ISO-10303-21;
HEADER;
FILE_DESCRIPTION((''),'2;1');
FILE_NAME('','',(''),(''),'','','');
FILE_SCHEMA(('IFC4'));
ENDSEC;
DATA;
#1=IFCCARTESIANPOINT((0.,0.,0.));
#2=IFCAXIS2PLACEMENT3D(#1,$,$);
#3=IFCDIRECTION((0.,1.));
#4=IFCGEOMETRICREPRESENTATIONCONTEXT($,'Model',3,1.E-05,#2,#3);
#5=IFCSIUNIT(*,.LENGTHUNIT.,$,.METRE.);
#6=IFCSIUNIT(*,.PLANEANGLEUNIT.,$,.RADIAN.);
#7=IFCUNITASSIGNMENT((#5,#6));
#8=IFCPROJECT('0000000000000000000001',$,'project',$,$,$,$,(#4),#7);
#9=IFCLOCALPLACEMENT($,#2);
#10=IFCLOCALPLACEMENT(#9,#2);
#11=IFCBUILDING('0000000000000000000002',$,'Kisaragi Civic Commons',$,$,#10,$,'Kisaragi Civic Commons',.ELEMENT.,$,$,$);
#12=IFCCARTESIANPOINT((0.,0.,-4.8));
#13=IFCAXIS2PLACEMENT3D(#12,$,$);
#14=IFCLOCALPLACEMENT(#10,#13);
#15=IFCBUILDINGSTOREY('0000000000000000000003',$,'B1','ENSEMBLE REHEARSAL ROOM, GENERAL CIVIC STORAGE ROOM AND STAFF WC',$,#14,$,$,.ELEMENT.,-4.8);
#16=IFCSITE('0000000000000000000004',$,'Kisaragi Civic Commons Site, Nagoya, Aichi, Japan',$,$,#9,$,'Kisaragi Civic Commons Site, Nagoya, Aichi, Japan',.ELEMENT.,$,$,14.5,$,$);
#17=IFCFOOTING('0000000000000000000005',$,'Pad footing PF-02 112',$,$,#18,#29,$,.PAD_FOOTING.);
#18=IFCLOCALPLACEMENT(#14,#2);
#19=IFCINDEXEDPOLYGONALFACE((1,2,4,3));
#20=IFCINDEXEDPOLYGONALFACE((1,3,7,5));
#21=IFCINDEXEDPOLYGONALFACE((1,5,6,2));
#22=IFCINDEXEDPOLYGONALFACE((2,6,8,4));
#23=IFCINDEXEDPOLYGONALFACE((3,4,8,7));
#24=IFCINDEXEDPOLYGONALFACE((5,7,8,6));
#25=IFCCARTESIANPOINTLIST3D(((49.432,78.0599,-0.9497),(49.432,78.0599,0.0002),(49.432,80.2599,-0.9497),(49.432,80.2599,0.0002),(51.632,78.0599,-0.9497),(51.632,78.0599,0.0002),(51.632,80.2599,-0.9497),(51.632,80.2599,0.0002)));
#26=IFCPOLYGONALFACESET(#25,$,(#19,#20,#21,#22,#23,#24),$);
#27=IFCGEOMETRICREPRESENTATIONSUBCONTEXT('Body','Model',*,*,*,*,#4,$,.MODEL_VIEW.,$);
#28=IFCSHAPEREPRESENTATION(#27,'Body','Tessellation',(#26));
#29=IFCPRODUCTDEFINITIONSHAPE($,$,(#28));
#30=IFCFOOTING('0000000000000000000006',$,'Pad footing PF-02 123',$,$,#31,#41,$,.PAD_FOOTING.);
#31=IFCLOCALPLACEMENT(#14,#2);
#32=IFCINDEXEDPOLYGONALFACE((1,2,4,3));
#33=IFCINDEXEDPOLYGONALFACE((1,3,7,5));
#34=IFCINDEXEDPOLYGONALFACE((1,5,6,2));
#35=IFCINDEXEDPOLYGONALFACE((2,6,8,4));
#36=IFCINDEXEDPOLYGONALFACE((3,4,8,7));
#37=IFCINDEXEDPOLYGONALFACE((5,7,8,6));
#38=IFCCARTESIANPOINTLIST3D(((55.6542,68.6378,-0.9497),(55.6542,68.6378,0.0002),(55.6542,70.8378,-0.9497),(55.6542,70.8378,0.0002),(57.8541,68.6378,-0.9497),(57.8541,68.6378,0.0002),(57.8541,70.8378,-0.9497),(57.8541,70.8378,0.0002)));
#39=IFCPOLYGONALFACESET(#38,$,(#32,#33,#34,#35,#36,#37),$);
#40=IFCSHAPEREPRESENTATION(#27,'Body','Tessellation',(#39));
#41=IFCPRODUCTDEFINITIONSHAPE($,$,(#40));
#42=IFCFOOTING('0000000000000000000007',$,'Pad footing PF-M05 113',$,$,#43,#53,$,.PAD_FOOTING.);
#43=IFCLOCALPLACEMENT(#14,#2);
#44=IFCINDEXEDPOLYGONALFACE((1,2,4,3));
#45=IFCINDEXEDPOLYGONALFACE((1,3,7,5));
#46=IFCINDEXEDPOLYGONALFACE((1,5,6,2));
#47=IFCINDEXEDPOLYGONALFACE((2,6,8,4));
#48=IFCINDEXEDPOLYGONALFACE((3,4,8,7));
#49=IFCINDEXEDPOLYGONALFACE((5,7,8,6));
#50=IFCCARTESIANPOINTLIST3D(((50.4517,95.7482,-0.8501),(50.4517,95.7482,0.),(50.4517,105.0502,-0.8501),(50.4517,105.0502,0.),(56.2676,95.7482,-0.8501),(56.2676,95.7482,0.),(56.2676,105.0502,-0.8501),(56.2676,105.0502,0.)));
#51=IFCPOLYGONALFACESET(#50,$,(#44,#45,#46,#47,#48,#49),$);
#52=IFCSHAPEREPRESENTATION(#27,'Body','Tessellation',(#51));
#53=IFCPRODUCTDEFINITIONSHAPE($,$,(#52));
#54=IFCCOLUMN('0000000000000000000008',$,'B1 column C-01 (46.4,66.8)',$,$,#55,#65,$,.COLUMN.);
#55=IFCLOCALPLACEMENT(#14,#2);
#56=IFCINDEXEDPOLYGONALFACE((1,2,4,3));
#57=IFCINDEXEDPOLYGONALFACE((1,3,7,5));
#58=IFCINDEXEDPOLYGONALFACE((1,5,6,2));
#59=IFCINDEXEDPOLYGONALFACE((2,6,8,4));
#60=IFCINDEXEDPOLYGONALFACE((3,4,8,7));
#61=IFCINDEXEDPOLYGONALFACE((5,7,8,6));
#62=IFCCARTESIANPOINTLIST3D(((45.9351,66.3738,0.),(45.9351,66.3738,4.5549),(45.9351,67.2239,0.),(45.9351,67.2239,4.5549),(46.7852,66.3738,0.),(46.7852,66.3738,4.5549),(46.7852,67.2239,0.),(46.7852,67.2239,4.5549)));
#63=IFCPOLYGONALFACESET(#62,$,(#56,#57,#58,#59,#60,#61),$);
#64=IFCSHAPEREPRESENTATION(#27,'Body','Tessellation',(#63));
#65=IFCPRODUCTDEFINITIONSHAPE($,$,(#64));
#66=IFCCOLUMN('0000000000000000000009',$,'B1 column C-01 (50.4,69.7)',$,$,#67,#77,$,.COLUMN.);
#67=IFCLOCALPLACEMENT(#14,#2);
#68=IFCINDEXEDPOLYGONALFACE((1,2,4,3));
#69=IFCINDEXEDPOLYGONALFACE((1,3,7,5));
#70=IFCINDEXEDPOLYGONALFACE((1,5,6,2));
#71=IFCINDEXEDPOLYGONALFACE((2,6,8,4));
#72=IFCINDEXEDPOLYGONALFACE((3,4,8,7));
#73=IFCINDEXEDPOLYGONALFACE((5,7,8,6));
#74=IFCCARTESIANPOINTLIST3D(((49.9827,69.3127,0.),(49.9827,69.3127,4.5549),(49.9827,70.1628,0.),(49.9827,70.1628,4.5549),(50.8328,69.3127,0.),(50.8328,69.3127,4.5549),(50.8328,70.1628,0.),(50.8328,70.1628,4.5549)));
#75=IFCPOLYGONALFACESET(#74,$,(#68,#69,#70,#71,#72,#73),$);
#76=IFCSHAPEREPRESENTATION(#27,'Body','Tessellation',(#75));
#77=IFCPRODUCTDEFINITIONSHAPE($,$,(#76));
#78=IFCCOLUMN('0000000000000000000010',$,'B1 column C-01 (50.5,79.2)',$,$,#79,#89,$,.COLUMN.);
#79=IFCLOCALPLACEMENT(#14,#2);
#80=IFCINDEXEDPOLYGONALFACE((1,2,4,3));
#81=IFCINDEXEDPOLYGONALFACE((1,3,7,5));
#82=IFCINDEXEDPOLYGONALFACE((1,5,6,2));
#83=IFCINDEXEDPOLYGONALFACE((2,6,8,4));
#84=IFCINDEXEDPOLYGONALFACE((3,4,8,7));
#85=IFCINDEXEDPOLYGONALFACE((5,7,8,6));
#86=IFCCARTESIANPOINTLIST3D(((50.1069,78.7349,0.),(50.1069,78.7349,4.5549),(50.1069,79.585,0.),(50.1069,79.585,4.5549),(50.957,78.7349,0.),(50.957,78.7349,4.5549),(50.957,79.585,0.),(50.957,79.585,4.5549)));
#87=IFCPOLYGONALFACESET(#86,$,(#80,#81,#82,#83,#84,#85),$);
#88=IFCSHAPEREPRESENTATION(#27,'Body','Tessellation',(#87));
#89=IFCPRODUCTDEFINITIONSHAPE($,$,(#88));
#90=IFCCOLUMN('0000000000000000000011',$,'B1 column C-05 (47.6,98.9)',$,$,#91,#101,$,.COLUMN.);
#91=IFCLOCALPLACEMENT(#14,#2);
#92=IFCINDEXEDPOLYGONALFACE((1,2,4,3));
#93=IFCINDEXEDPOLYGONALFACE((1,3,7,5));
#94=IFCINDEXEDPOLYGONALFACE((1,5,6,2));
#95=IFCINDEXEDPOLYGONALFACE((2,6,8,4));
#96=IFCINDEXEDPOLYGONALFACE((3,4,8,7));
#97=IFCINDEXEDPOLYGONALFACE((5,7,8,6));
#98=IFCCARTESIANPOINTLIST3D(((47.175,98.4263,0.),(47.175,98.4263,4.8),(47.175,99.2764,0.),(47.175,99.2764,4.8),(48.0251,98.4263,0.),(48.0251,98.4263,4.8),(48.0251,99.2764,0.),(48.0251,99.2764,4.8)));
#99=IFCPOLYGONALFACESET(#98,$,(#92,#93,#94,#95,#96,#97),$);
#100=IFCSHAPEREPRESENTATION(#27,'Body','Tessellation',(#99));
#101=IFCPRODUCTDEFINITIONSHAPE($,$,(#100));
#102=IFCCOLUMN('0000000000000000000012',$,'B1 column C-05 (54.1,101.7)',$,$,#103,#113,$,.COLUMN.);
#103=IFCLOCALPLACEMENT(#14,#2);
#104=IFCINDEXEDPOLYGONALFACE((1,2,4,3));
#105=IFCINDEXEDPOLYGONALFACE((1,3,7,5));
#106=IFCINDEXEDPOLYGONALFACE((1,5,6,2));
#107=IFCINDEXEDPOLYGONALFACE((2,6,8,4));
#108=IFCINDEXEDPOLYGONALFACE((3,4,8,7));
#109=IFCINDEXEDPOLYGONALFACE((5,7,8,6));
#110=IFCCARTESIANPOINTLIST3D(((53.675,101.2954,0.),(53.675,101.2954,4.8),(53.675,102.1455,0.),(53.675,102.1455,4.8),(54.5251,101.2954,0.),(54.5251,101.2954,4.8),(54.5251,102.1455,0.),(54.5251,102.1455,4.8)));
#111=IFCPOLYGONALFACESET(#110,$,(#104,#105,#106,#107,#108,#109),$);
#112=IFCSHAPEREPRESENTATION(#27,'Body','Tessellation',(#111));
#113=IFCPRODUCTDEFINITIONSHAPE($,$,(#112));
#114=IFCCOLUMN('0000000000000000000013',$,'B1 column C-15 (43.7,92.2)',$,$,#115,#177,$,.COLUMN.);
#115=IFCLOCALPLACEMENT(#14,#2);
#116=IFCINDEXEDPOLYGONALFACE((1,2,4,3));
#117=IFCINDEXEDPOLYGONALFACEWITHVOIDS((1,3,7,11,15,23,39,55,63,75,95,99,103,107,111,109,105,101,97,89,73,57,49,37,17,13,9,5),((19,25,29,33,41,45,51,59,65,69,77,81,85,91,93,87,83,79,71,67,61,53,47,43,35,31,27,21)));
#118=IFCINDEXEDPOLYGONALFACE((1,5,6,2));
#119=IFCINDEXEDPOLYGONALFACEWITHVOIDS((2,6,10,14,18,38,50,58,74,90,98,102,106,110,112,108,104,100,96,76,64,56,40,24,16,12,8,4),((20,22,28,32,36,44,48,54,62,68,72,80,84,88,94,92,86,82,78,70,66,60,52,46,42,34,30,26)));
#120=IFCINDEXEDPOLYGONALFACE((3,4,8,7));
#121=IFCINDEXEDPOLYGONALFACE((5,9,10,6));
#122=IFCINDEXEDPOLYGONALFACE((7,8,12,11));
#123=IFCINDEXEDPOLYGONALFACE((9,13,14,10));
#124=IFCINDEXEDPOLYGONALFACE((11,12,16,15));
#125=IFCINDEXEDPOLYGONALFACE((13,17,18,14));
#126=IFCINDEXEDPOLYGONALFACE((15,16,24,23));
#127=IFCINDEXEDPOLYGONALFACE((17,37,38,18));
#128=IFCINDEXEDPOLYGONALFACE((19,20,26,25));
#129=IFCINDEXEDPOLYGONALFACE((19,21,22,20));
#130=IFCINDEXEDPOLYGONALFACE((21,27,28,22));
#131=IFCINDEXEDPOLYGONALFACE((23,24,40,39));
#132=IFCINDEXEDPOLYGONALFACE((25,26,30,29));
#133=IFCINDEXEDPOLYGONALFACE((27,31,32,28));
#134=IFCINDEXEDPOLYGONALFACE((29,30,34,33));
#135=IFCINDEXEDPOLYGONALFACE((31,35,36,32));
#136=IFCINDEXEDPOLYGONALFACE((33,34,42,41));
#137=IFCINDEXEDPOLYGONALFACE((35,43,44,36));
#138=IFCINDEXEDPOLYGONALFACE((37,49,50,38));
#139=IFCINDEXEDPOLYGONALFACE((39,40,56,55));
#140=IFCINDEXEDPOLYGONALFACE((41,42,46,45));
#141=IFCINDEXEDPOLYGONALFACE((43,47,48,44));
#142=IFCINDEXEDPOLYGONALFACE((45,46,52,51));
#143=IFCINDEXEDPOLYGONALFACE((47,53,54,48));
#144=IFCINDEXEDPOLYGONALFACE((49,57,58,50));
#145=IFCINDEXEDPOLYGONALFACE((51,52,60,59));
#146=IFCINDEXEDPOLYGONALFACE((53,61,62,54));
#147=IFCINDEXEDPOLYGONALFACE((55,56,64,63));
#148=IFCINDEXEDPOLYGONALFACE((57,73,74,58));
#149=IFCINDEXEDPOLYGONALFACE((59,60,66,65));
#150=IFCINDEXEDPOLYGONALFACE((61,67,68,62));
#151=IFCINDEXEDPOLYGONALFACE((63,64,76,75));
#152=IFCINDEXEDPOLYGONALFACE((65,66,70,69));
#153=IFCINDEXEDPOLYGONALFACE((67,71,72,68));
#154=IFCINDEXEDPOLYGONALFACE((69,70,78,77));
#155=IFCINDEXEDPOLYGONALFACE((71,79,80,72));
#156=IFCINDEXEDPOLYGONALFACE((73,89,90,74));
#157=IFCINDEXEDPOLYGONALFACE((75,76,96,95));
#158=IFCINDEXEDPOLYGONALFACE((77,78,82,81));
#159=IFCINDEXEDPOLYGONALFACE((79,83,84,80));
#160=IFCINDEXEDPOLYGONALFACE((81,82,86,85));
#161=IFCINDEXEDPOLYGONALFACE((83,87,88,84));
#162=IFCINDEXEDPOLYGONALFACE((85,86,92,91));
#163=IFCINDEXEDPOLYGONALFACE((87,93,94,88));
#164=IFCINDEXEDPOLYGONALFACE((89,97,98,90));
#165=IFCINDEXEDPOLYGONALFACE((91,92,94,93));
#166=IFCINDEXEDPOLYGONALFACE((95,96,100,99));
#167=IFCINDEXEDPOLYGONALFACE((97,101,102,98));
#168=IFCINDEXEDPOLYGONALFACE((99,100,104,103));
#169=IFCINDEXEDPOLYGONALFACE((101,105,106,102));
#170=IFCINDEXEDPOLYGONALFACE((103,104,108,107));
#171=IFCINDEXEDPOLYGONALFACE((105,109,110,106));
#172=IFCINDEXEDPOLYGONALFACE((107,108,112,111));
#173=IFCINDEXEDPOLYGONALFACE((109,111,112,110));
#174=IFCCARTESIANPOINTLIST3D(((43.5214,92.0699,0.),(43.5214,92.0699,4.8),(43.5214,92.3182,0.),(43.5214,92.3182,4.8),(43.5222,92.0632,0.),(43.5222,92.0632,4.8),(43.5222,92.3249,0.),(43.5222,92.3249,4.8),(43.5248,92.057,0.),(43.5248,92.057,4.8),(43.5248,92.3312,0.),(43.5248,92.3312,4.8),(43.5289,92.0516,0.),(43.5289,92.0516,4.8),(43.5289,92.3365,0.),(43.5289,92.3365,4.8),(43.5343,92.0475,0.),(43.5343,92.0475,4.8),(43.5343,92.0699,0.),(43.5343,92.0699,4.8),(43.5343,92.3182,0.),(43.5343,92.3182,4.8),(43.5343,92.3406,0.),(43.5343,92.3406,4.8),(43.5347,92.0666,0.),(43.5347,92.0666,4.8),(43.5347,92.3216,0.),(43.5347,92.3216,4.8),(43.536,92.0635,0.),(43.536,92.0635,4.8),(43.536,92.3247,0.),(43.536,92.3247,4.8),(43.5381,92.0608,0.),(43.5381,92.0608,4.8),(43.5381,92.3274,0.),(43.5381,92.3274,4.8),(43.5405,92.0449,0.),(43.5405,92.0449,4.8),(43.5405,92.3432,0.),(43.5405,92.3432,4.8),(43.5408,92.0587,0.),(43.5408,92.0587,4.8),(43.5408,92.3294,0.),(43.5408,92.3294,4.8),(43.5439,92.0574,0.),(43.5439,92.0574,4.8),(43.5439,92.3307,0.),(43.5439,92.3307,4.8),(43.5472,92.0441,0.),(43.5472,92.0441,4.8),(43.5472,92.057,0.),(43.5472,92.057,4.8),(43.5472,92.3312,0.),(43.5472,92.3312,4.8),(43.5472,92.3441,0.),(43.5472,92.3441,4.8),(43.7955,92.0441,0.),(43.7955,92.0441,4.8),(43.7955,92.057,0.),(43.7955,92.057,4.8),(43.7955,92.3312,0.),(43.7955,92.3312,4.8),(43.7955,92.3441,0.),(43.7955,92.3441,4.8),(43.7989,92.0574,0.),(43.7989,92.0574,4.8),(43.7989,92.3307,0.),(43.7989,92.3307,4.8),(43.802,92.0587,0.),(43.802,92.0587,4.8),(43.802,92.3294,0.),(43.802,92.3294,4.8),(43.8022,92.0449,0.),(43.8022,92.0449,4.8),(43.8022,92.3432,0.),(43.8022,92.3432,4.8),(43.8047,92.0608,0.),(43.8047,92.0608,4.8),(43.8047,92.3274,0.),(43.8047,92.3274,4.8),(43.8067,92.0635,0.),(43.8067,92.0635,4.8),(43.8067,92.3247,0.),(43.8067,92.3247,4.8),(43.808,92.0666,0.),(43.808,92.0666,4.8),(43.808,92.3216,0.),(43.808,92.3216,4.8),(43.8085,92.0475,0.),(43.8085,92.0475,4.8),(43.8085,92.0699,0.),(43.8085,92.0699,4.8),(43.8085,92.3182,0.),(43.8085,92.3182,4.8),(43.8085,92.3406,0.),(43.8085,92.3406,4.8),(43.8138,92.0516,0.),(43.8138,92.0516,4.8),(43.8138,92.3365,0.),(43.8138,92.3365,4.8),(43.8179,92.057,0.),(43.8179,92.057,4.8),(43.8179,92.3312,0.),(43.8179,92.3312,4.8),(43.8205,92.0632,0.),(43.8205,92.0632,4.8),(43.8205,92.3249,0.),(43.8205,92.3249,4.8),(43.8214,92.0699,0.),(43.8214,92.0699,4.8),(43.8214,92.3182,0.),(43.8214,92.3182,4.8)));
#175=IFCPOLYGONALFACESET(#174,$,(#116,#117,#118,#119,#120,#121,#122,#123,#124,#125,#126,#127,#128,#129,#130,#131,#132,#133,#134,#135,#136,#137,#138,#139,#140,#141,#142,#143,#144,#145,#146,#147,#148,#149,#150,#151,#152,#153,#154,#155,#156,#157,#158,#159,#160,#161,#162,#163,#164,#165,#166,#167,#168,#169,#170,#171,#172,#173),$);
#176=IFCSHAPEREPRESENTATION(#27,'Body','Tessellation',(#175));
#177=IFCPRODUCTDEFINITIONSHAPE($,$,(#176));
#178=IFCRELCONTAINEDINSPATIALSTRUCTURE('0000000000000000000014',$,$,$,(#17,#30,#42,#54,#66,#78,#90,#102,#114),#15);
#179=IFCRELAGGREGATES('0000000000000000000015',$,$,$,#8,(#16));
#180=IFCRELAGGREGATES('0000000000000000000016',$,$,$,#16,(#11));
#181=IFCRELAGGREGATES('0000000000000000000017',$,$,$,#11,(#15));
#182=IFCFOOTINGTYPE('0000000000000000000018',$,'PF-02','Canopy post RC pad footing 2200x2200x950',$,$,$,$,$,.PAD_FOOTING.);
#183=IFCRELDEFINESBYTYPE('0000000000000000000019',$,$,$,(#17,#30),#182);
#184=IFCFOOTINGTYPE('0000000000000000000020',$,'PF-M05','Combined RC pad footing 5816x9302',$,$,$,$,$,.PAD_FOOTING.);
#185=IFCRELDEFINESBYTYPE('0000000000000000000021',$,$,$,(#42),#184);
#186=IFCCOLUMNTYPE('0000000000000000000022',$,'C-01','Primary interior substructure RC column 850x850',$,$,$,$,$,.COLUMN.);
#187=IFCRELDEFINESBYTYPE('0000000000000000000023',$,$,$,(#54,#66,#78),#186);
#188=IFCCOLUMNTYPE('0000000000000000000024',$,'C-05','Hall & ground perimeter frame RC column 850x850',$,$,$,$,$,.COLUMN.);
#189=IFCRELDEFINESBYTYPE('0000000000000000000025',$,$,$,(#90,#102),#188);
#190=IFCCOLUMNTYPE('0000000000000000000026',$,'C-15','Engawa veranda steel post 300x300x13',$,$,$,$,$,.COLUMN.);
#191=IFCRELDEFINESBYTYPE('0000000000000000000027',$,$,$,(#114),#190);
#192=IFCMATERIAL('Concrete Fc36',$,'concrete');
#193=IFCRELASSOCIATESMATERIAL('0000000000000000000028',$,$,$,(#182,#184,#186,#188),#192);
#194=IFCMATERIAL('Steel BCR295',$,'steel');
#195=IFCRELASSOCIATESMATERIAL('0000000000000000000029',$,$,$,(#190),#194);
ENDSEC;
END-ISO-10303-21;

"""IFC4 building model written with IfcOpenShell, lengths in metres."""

from ifc_helpers import new_model, si_unit, direction, frame, origin, origin_2d, place, context, subcontext, project, spatial, rectangle, hollow_rectangle, extrude, material, material_profile, profile_set, type_object, element, save


model = new_model("IFC4")

# Units and contexts
model_context = context("Model", 3, precision=1e-05, world=origin(), true_north=direction((0.0, 1.0)))
body_context = subcontext(model_context, "Body", "Model", "MODEL_VIEW")
ifc_project = project(units=[si_unit("LENGTHUNIT", "METRE"), si_unit("PLANEANGLEUNIT", "RADIAN")], contexts=[model_context])

# Site, building, storey
site_placement = place(None, origin())
site = spatial("IfcSite", under=ifc_project, at=site_placement, Name="Kisaragi Civic Commons Site, Nagoya, Aichi, Japan", LongName="Kisaragi Civic Commons Site, Nagoya, Aichi, Japan", CompositionType="ELEMENT", RefElevation=14.5)
building_placement = place(site_placement, origin())
building = spatial("IfcBuilding", under=site, at=building_placement, Name="Kisaragi Civic Commons", LongName="Kisaragi Civic Commons", CompositionType="ELEMENT")
storey_placement = place(building_placement, frame((0.0, 0.0, -4.8)))
storey = spatial("IfcBuildingStorey", under=building, at=storey_placement, Name="B1", Description="ENSEMBLE REHEARSAL ROOM, GENERAL CIVIC STORAGE ROOM AND STAFF WC", CompositionType="ELEMENT", Elevation=-4.8)

# Footings
ifc_material_1 = material(Name="Concrete Fc36", Category="concrete")
footing_type_1 = type_object("IfcFootingType", Name="PF-02", Description="Canopy post RC pad footing 2200x2200x950", PredefinedType="PAD_FOOTING", material=ifc_material_1)
for number, where, z_axis, x_axis, name in (
    (1, (50.532, 79.1599, -0.9497), (0.0, 0.0, 1.0), (1.0, 0.0, 0.0), "Pad footing PF-02 112"),
    (2, (56.7542, 69.7378, -0.9497), (0.0, 0.0, 1.0), (1.0, 0.0, 0.0), "Pad footing PF-02 123"),
):
    element("IfcFooting", number, at=place(storey_placement, frame(where, z_axis=z_axis, x_axis=x_axis)), inside=storey, type_object=footing_type_1, Name=name, PredefinedType="PAD_FOOTING", context=body_context, shape_type="SweptSolid", body=[
        extrude(rectangle(XDim=2.2, YDim=2.2, at=origin_2d()), origin(), (0.0, 0.0, 1.0), 0.95),
    ])
footing_type_2 = type_object("IfcFootingType", Name="PF-M05", Description="Combined RC pad footing 5816x9302", PredefinedType="PAD_FOOTING", material=ifc_material_1)
footing_1_placement = place(storey_placement, frame((53.3596, 100.3992, -0.8501), z_axis=(0.0, 0.0, 1.0), x_axis=(1.0, 0.0, 0.0)))
element("IfcFooting", 3, at=footing_1_placement, inside=storey, type_object=footing_type_2, Name="Pad footing PF-M05 113", PredefinedType="PAD_FOOTING", context=body_context, shape_type="SweptSolid", body=[
    extrude(rectangle(XDim=5.8159, YDim=9.302, at=origin_2d()), origin(), (0.0, 0.0, 1.0), 0.8501),
])

# Columns
ifc_material_profile_1 = material_profile(ifc_material_1, rectangle(XDim=0.8501, YDim=0.8501, at=origin_2d()), Name="RC-850x850", Category="concrete")
ifc_profile_set_1 = profile_set([ifc_material_profile_1], Name="Concrete Fc36")
column_type_1 = type_object("IfcColumnType", Name="C-01", Description="Primary interior substructure RC column 850x850", PredefinedType="COLUMN", material=ifc_profile_set_1)
for number, where, z_axis, x_axis, name in (
    (4, (46.3601, 66.7988, 0.0), (0.0, 0.0, 1.0), (1.0, 0.0, 0.0), "B1 column C-01 (46.4,66.8)"),
    (5, (50.4077, 69.7378, 0.0), (0.0, 0.0, 1.0), (1.0, 0.0, 0.0), "B1 column C-01 (50.4,69.7)"),
    (6, (50.532, 79.1599, 0.0), (0.0, 0.0, 1.0), (1.0, 0.0, 0.0), "B1 column C-01 (50.5,79.2)"),
):
    element("IfcColumn", number, at=place(storey_placement, frame(where, z_axis=z_axis, x_axis=x_axis)), inside=storey, type_object=column_type_1, Name=name, PredefinedType="COLUMN", context=body_context, shape_type="SweptSolid", body=[
        extrude(rectangle(XDim=0.8501, YDim=0.8501, at=origin_2d()), origin(), (0.0, 0.0, 1.0), 4.5549),
    ])
ifc_material_profile_2 = material_profile(ifc_material_1, rectangle(XDim=0.8501, YDim=0.8501, at=origin_2d()), Name="RC-850x850", Category="concrete")
ifc_profile_set_2 = profile_set([ifc_material_profile_2], Name="Concrete Fc36")
column_type_2 = type_object("IfcColumnType", Name="C-05", Description="Hall & ground perimeter frame RC column 850x850", PredefinedType="COLUMN", material=ifc_profile_set_2)
for number, where, z_axis, x_axis, name in (
    (7, (47.6001, 98.8513, 0.0), (0.0, 0.0, 1.0), (1.0, 0.0, 0.0), "B1 column C-05 (47.6,98.9)"),
    (8, (54.1001, 101.7205, 0.0), (0.0, 0.0, 1.0), (1.0, 0.0, 0.0), "B1 column C-05 (54.1,101.7)"),
):
    element("IfcColumn", number, at=place(storey_placement, frame(where, z_axis=z_axis, x_axis=x_axis)), inside=storey, type_object=column_type_2, Name=name, PredefinedType="COLUMN", context=body_context, shape_type="SweptSolid", body=[
        extrude(rectangle(XDim=0.8501, YDim=0.8501, at=origin_2d()), origin(), (0.0, 0.0, 1.0), 4.8),
    ])
ifc_material_2 = material(Name="Steel BCR295", Category="steel")
ifc_material_profile_3 = material_profile(ifc_material_2, hollow_rectangle(XDim=0.3, YDim=0.3, WallThickness=0.0129, InnerFilletRadius=0.0129, OuterFilletRadius=0.0259, at=origin_2d()), Name="BCR-300x300x13", Category="steel")
ifc_profile_set_3 = profile_set([ifc_material_profile_3], Name="Steel BCR295")
column_type_3 = type_object("IfcColumnType", Name="C-15", Description="Engawa veranda steel post 300x300x13", PredefinedType="COLUMN", material=ifc_profile_set_3)
for number, where, z_axis, x_axis, name in (
    (9, (43.6714, 92.1941, 0.0), (0.0, 0.0, 1.0), (1.0, 0.0, 0.0), "B1 column C-15 (43.7,92.2)"),
):
    element("IfcColumn", number, at=place(storey_placement, frame(where, z_axis=z_axis, x_axis=x_axis)), inside=storey, type_object=column_type_3, Name=name, PredefinedType="COLUMN", context=body_context, shape_type="SweptSolid", body=[
        extrude(hollow_rectangle(XDim=0.3, YDim=0.3, WallThickness=0.0129, InnerFilletRadius=0.0129, OuterFilletRadius=0.0259, at=origin_2d()), origin(), (0.0, 0.0, 1.0), 4.8),
    ])

save(model, "model.ifc")
